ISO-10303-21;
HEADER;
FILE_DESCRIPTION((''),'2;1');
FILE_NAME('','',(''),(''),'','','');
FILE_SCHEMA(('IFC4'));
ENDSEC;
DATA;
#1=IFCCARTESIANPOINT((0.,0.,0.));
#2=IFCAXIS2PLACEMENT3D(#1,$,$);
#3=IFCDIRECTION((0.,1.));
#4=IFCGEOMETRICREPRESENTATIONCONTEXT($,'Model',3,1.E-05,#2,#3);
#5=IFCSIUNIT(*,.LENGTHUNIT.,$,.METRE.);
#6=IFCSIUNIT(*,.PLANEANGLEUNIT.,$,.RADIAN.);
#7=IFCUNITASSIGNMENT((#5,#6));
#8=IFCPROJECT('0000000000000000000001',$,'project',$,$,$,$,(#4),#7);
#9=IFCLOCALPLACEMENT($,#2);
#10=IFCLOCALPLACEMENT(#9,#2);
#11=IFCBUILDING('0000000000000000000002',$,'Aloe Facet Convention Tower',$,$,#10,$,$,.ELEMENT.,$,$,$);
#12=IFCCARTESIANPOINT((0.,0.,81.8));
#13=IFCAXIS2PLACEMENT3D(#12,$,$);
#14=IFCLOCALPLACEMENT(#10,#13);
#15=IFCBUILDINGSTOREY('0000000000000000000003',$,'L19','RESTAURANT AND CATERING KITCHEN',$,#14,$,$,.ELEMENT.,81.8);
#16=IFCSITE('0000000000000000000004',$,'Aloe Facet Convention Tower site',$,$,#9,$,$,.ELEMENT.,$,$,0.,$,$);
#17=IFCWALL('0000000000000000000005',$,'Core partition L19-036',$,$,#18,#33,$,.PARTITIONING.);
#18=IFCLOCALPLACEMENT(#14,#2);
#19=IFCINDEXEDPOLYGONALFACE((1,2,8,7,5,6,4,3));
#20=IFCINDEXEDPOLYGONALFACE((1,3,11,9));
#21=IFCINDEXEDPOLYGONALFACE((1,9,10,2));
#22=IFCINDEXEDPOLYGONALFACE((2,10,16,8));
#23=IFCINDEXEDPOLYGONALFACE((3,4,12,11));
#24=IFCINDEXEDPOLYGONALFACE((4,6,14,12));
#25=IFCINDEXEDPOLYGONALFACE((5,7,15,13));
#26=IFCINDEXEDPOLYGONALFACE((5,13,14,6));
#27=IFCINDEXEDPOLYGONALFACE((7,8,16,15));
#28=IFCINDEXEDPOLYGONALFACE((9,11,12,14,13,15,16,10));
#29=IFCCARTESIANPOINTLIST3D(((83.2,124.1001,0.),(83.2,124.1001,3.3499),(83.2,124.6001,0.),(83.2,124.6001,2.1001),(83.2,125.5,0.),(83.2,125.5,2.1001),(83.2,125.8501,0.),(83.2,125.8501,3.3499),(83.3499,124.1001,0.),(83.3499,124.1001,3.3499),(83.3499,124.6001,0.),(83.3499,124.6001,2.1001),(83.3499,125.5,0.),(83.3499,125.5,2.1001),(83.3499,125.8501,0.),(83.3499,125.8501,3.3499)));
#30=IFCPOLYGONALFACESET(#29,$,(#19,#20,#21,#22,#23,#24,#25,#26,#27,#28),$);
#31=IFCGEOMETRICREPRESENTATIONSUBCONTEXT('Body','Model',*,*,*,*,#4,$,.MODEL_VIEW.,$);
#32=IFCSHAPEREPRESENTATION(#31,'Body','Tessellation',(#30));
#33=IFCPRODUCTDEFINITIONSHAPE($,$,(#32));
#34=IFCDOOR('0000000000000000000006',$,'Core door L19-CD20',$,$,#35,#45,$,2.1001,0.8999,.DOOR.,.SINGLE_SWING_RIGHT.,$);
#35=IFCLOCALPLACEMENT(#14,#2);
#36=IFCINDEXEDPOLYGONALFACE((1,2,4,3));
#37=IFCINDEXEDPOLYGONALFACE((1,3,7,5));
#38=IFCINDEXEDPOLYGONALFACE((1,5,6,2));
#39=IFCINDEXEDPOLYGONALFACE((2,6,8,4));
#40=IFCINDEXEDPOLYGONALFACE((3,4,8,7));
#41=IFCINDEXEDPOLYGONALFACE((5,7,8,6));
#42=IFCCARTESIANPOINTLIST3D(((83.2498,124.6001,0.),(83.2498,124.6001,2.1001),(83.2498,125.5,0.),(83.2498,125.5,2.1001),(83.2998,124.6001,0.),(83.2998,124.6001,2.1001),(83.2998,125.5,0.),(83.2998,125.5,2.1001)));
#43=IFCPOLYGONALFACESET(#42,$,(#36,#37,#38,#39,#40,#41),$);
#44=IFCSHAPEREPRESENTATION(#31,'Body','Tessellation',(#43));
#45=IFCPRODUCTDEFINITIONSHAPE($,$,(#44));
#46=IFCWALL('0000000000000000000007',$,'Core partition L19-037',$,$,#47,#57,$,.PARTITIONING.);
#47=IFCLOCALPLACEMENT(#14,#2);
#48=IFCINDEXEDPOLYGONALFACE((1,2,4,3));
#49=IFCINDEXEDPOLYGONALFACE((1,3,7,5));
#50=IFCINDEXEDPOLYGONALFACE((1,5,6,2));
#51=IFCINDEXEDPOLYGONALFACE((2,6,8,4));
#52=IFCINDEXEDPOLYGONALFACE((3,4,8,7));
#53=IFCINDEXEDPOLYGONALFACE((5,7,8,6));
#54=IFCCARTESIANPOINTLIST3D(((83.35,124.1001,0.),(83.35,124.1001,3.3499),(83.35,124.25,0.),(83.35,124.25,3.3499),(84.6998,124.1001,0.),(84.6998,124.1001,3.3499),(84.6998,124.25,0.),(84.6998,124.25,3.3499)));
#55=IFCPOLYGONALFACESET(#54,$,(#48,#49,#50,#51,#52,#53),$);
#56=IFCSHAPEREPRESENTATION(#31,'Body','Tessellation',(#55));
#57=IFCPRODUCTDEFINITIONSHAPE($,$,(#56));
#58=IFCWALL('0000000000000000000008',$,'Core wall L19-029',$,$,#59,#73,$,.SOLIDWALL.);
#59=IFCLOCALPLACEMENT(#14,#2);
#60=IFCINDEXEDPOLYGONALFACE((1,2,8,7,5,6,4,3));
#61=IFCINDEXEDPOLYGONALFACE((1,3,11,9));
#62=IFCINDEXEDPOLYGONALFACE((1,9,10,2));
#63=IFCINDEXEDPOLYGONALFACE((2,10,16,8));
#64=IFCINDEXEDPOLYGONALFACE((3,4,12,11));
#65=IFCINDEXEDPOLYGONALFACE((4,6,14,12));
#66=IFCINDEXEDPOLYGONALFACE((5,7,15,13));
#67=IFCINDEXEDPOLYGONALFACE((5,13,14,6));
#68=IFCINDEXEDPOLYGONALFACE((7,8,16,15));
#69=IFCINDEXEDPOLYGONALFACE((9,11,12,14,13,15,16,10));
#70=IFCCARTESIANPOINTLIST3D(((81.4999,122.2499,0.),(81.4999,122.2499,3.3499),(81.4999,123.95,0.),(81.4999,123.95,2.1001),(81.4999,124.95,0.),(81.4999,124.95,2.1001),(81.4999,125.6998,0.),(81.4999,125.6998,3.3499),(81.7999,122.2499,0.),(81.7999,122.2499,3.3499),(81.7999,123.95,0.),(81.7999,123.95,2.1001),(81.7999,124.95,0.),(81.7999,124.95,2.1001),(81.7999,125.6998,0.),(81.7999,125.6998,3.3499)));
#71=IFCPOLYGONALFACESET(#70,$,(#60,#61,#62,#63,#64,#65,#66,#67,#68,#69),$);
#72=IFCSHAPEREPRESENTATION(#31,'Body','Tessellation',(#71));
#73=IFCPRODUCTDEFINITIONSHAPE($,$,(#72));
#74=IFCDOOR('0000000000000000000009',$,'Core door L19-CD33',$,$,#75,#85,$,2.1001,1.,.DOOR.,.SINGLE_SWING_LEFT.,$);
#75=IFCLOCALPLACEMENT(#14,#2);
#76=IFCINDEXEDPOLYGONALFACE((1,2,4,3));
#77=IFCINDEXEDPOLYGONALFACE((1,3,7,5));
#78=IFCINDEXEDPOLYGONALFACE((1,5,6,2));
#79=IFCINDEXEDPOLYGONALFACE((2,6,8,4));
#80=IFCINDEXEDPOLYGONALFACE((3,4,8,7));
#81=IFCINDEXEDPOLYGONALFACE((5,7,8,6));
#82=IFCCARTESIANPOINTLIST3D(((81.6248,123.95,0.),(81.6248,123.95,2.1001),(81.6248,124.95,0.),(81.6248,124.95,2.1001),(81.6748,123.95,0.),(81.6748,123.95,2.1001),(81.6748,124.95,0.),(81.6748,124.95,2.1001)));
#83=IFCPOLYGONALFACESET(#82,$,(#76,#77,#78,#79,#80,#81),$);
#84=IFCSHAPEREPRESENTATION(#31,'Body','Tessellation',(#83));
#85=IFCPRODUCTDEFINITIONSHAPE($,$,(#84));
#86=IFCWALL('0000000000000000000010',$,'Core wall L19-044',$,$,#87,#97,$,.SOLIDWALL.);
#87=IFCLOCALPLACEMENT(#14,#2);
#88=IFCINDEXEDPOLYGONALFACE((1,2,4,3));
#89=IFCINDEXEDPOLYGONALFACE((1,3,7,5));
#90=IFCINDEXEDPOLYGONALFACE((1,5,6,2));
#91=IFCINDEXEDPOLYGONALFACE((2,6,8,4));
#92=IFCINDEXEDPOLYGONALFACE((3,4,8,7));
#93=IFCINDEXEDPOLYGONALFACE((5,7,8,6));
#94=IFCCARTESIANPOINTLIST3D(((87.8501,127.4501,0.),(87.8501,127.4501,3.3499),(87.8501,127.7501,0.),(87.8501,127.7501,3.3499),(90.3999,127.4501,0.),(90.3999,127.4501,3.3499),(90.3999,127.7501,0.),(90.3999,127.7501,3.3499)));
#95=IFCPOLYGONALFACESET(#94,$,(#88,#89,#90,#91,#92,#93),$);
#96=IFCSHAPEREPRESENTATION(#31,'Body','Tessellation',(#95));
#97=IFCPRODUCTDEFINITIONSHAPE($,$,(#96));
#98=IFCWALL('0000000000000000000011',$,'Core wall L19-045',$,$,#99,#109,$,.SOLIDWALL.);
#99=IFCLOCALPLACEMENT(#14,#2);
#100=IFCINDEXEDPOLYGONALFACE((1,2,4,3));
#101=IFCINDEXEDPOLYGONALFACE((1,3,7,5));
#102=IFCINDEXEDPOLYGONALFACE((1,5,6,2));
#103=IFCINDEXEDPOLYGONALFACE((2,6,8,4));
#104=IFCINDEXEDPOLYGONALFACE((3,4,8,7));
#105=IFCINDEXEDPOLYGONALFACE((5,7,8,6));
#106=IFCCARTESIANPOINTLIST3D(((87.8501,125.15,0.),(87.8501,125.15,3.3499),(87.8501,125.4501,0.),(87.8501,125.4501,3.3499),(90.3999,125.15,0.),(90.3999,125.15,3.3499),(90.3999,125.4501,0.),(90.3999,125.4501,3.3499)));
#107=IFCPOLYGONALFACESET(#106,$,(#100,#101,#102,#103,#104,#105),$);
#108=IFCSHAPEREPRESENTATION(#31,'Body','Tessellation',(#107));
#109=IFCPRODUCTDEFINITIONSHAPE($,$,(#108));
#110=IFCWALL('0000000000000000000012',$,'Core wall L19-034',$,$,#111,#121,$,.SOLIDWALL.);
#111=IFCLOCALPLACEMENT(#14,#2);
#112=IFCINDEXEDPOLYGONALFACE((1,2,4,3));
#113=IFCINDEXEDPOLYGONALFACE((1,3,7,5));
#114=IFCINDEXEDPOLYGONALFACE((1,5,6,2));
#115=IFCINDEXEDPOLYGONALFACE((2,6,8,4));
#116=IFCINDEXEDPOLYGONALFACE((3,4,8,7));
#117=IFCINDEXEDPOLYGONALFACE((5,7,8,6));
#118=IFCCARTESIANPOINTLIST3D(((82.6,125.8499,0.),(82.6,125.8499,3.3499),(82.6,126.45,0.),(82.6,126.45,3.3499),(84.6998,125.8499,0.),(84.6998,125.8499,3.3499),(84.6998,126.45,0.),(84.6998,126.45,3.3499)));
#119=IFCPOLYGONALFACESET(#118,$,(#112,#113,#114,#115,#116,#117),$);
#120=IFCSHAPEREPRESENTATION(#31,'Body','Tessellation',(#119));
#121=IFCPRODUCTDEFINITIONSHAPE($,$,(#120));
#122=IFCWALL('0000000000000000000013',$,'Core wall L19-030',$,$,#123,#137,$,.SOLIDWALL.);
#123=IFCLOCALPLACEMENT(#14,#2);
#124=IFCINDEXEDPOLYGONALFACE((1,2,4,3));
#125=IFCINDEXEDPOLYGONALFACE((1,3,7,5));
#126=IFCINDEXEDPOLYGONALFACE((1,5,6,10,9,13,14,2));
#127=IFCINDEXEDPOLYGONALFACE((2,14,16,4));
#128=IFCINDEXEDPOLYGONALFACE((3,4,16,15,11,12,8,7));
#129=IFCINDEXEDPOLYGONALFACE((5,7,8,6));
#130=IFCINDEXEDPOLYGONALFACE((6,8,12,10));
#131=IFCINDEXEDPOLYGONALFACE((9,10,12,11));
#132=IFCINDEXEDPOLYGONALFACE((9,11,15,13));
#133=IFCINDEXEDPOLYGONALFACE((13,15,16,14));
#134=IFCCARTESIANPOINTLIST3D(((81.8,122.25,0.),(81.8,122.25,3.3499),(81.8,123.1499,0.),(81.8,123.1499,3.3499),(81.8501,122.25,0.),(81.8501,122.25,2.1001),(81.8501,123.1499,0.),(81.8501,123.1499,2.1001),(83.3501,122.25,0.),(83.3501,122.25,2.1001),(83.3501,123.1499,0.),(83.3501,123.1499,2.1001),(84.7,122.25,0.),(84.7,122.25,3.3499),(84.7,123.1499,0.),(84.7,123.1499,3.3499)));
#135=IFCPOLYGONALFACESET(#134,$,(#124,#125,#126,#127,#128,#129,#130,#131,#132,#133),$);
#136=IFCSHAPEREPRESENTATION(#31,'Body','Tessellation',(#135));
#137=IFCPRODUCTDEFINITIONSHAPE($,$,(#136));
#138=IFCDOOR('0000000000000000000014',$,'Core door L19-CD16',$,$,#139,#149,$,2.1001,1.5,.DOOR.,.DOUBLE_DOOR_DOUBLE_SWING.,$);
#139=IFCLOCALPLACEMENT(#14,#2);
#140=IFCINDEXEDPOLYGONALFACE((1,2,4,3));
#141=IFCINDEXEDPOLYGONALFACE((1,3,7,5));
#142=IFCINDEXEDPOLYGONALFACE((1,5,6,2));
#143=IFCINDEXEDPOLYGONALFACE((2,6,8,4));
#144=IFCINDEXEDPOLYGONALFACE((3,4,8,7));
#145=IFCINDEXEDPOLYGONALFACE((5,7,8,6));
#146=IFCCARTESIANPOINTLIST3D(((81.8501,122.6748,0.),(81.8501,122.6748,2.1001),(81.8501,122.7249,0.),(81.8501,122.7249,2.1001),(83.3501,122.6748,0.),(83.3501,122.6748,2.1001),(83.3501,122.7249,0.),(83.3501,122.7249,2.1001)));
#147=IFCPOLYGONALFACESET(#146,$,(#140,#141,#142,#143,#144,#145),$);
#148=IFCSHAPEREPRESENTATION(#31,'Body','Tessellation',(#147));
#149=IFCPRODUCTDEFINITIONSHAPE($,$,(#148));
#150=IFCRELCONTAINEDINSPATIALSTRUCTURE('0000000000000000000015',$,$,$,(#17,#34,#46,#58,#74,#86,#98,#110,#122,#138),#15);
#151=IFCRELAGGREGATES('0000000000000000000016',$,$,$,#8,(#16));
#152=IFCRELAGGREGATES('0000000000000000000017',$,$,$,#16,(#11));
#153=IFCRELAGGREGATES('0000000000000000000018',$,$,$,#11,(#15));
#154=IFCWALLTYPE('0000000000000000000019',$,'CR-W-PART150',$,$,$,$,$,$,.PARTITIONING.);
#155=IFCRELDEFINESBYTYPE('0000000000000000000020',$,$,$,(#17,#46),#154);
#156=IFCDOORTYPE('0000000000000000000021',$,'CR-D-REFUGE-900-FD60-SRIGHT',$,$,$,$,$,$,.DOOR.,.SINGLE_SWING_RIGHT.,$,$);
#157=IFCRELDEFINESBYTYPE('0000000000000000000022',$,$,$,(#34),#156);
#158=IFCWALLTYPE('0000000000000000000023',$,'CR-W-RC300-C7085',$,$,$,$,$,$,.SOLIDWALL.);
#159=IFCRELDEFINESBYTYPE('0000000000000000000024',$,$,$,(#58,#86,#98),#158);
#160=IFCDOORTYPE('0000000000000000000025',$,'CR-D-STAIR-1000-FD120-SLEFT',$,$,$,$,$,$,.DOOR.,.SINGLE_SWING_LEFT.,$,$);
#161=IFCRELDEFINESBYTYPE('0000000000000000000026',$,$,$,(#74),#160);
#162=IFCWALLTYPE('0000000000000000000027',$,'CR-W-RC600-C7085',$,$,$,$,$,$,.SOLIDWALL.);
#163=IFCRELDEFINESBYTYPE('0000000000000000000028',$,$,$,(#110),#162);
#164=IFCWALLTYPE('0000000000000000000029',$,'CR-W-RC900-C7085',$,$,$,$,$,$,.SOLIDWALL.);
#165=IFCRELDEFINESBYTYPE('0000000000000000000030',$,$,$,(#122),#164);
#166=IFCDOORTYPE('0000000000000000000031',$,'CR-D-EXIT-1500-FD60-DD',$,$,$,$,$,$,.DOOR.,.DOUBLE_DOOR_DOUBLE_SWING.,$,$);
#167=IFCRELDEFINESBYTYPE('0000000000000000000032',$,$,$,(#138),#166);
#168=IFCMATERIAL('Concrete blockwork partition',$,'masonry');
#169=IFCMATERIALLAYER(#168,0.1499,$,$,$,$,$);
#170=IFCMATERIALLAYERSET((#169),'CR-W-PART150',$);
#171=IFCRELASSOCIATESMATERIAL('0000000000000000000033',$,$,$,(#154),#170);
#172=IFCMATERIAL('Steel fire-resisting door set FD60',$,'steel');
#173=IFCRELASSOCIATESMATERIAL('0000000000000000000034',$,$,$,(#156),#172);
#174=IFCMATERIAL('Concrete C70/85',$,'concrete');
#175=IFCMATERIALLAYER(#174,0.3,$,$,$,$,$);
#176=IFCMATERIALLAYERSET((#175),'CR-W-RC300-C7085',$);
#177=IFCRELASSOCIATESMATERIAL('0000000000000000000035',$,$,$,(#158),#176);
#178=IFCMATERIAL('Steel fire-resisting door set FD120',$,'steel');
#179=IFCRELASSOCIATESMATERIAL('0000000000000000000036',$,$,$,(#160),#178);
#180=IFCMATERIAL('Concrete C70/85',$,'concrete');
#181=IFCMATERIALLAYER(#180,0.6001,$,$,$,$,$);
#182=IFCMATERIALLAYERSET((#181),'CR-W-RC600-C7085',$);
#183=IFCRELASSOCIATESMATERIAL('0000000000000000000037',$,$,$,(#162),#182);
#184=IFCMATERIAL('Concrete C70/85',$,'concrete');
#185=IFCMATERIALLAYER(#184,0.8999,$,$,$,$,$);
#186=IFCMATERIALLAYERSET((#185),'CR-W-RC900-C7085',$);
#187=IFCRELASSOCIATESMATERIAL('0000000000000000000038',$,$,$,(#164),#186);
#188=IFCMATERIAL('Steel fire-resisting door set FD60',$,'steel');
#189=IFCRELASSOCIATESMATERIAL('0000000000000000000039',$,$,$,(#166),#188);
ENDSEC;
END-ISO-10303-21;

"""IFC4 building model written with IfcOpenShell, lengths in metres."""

from ifc_helpers import new_model, si_unit, direction, frame, frame_2d, origin, place, context, subcontext, project, spatial, rectangle, extrude, material, layer, layer_set, type_object, element, fill, save


model = new_model("IFC4")

# Units and contexts
model_context = context("Model", 3, precision=1e-05, world=origin(), true_north=direction((0.0, 1.0)))
body_context = subcontext(model_context, "Body", "Model", "MODEL_VIEW")
ifc_project = project(units=[si_unit("LENGTHUNIT", "METRE"), si_unit("PLANEANGLEUNIT", "RADIAN")], contexts=[model_context])

# Site, building, storey
site_placement = place(None, origin())
site = spatial("IfcSite", under=ifc_project, at=site_placement, Name="Aloe Facet Convention Tower site", CompositionType="ELEMENT", RefElevation=0.0)
building_placement = place(site_placement, origin())
building = spatial("IfcBuilding", under=site, at=building_placement, Name="Aloe Facet Convention Tower", CompositionType="ELEMENT")
storey_placement = place(building_placement, frame((0.0, 0.0, 81.8)))
storey = spatial("IfcBuildingStorey", under=building, at=storey_placement, Name="L19", Description="RESTAURANT AND CATERING KITCHEN", CompositionType="ELEMENT", Elevation=81.8)

# Wall, opening, door
ifc_material_1 = material(Name="Concrete blockwork partition", Category="masonry")
ifc_layer_1 = layer(ifc_material_1, 0.1499)
ifc_layer_set_1 = layer_set([ifc_layer_1], Name="CR-W-PART150")
wall_type_1 = type_object("IfcWallType", Name="CR-W-PART150", PredefinedType="PARTITIONING", material=ifc_layer_set_1)
wall_1_placement = place(storey_placement, frame((83.2749, 125.8501, 0.0), z_axis=(0.0, 0.0, 1.0), x_axis=(0.0, -1.0, 0.0)))
wall_1 = element("IfcWall", 1, at=wall_1_placement, inside=storey, type_object=wall_type_1, Name="Core partition L19-036", PredefinedType="PARTITIONING", context=body_context, shape_type="SweptSolid", body=[
    extrude(rectangle(XDim=1.75, YDim=0.1499, at=frame_2d((0.875, 0.0))), origin(), (0.0, 0.0, 1.0), 3.3499),
])
opening_1_placement = place(wall_1_placement, frame((0.3501, 0.0, 0.0)))
opening_1 = element("IfcOpeningElement", 2, at=opening_1_placement, cuts=wall_1, PredefinedType="OPENING", context=body_context, shape_type="SweptSolid", body=[
    extrude(rectangle(XDim=0.8999, YDim=2.1001, at=frame_2d((0.45, 1.05))), frame((0.0, 0.085, 0.0), z_axis=(0.0, -1.0, 0.0), x_axis=(1.0, 0.0, 0.0)), (0.0, 0.0, 1.0), 0.1699),
])
ifc_material_2 = material(Name="Steel fire-resisting door set FD60", Category="steel")
door_type_1 = type_object("IfcDoorType", Name="CR-D-REFUGE-900-FD60-SRIGHT", OperationType="SINGLE_SWING_RIGHT", PredefinedType="DOOR", material=ifc_material_2)
door_1_placement = place(opening_1_placement, origin())
door_1 = element("IfcDoor", 3, at=door_1_placement, inside=storey, type_object=door_type_1, Name="Core door L19-CD20", OperationType="SINGLE_SWING_RIGHT", OverallHeight=2.1001, OverallWidth=0.8999, PredefinedType="DOOR", context=body_context, shape_type="SweptSolid", body=[
    extrude(rectangle(XDim=0.8999, YDim=2.1001, at=frame_2d((0.45, 1.05))), frame((0.0, 0.0249, 0.0), z_axis=(0.0, -1.0, 0.0), x_axis=(1.0, 0.0, 0.0)), (0.0, 0.0, 1.0), 0.05),
])
fill(opening_1, door_1)

# Wall
wall_2_placement = place(storey_placement, frame((83.3501, 124.175, 0.0), z_axis=(0.0, 0.0, 1.0), x_axis=(1.0, 0.0, 0.0)))
element("IfcWall", 4, at=wall_2_placement, inside=storey, type_object=wall_type_1, Name="Core partition L19-037", PredefinedType="PARTITIONING", context=body_context, shape_type="SweptSolid", body=[
    extrude(rectangle(XDim=1.3499, YDim=0.1499, at=frame_2d((0.6748, 0.0))), origin(), (0.0, 0.0, 1.0), 3.3499),
])

# Wall, opening, door
ifc_material_3 = material(Name="Concrete C70/85", Category="concrete")
ifc_layer_2 = layer(ifc_material_3, 0.3)
ifc_layer_set_2 = layer_set([ifc_layer_2], Name="CR-W-RC300-C7085")
wall_type_2 = type_object("IfcWallType", Name="CR-W-RC300-C7085", PredefinedType="SOLIDWALL", material=ifc_layer_set_2)
wall_3_placement = place(storey_placement, frame((81.6499, 125.7, 0.0), z_axis=(0.0, 0.0, 1.0), x_axis=(0.0, -1.0, 0.0)))
wall_3 = element("IfcWall", 5, at=wall_3_placement, inside=storey, type_object=wall_type_2, Name="Core wall L19-029", PredefinedType="SOLIDWALL", context=body_context, shape_type="SweptSolid", body=[
    extrude(rectangle(XDim=3.45, YDim=0.3, at=frame_2d((1.7251, 0.0))), origin(), (0.0, 0.0, 1.0), 3.3499),
])
opening_2_placement = place(wall_3_placement, frame((0.75, 0.0, 0.0)))
opening_2 = element("IfcOpeningElement", 6, at=opening_2_placement, cuts=wall_3, PredefinedType="OPENING", context=body_context, shape_type="SweptSolid", body=[
    extrude(rectangle(XDim=1.0, YDim=2.1001, at=frame_2d((0.5, 1.05))), frame((0.0, 0.1602, 0.0), z_axis=(0.0, -1.0, 0.0), x_axis=(1.0, 0.0, 0.0)), (0.0, 0.0, 1.0), 0.3201),
])
ifc_material_4 = material(Name="Steel fire-resisting door set FD120", Category="steel")
door_type_2 = type_object("IfcDoorType", Name="CR-D-STAIR-1000-FD120-SLEFT", OperationType="SINGLE_SWING_LEFT", PredefinedType="DOOR", material=ifc_material_4)
door_2_placement = place(opening_2_placement, origin())
door_2 = element("IfcDoor", 7, at=door_2_placement, inside=storey, type_object=door_type_2, Name="Core door L19-CD33", OperationType="SINGLE_SWING_LEFT", OverallHeight=2.1001, OverallWidth=1.0, PredefinedType="DOOR", context=body_context, shape_type="SweptSolid", body=[
    extrude(rectangle(XDim=1.0, YDim=2.1001, at=frame_2d((0.5, 1.05))), frame((0.0, 0.0249, 0.0), z_axis=(0.0, -1.0, 0.0), x_axis=(1.0, 0.0, 0.0)), (0.0, 0.0, 1.0), 0.05),
])
fill(opening_2, door_2)

# Walls
for number, where, z_axis, x_axis, name in (
    (8, (87.8501, 127.6001, 0.0), (0.0, 0.0, 1.0), (1.0, 0.0, 0.0), "Core wall L19-044"),
    (9, (87.8501, 125.3, 0.0), (0.0, 0.0, 1.0), (1.0, 0.0, 0.0), "Core wall L19-045"),
):
    element("IfcWall", number, at=place(storey_placement, frame(where, z_axis=z_axis, x_axis=x_axis)), inside=storey, type_object=wall_type_2, Name=name, PredefinedType="SOLIDWALL", context=body_context, shape_type="SweptSolid", body=[
        extrude(rectangle(XDim=2.5498, YDim=0.3, at=frame_2d((1.2749, 0.0))), origin(), (0.0, 0.0, 1.0), 3.3499),
    ])
ifc_material_5 = material(Name="Concrete C70/85", Category="concrete")
ifc_layer_3 = layer(ifc_material_5, 0.6001)
ifc_layer_set_3 = layer_set([ifc_layer_3], Name="CR-W-RC600-C7085")
wall_type_3 = type_object("IfcWallType", Name="CR-W-RC600-C7085", PredefinedType="SOLIDWALL", material=ifc_layer_set_3)
wall_4_placement = place(storey_placement, frame((82.6001, 126.1499, 0.0), z_axis=(0.0, 0.0, 1.0), x_axis=(1.0, 0.0, 0.0)))
element("IfcWall", 10, at=wall_4_placement, inside=storey, type_object=wall_type_3, Name="Core wall L19-034", PredefinedType="SOLIDWALL", context=body_context, shape_type="SweptSolid", body=[
    extrude(rectangle(XDim=2.0999, YDim=0.6001, at=frame_2d((1.0498, 0.0))), origin(), (0.0, 0.0, 1.0), 3.3499),
])

# Wall, opening, door
ifc_material_6 = material(Name="Concrete C70/85", Category="concrete")
ifc_layer_4 = layer(ifc_material_6, 0.8999)
ifc_layer_set_4 = layer_set([ifc_layer_4], Name="CR-W-RC900-C7085")
wall_type_4 = type_object("IfcWallType", Name="CR-W-RC900-C7085", PredefinedType="SOLIDWALL", material=ifc_layer_set_4)
wall_5_placement = place(storey_placement, frame((81.8, 122.7, 0.0), z_axis=(0.0, 0.0, 1.0), x_axis=(1.0, 0.0, 0.0)))
wall_5 = element("IfcWall", 11, at=wall_5_placement, inside=storey, type_object=wall_type_4, Name="Core wall L19-030", PredefinedType="SOLIDWALL", context=body_context, shape_type="SweptSolid", body=[
    extrude(rectangle(XDim=2.8999, YDim=0.8999, at=frame_2d((1.45, 0.0))), origin(), (0.0, 0.0, 1.0), 3.3499),
])
opening_3_placement = place(wall_5_placement, frame((0.05, 0.0, 0.0)))
opening_3 = element("IfcOpeningElement", 12, at=opening_3_placement, cuts=wall_5, PredefinedType="OPENING", context=body_context, shape_type="SweptSolid", body=[
    extrude(rectangle(XDim=1.5, YDim=2.1001, at=frame_2d((0.75, 1.05))), frame((0.0, 0.46, 0.0), z_axis=(0.0, -1.0, 0.0), x_axis=(1.0, 0.0, 0.0)), (0.0, 0.0, 1.0), 0.9199),
])
ifc_material_7 = material(Name="Steel fire-resisting door set FD60", Category="steel")
door_type_3 = type_object("IfcDoorType", Name="CR-D-EXIT-1500-FD60-DD", OperationType="DOUBLE_DOOR_DOUBLE_SWING", PredefinedType="DOOR", material=ifc_material_7)
door_3_placement = place(opening_3_placement, origin())
door_3 = element("IfcDoor", 13, at=door_3_placement, inside=storey, type_object=door_type_3, Name="Core door L19-CD16", OperationType="DOUBLE_DOOR_DOUBLE_SWING", OverallHeight=2.1001, OverallWidth=1.5, PredefinedType="DOOR", context=body_context, shape_type="SweptSolid", body=[
    extrude(rectangle(XDim=1.5, YDim=2.1001, at=frame_2d((0.75, 1.05))), frame((0.0, 0.0249, 0.0), z_axis=(0.0, -1.0, 0.0), x_axis=(1.0, 0.0, 0.0)), (0.0, 0.0, 1.0), 0.05),
])
fill(opening_3, door_3)

save(model, "model.ifc")
